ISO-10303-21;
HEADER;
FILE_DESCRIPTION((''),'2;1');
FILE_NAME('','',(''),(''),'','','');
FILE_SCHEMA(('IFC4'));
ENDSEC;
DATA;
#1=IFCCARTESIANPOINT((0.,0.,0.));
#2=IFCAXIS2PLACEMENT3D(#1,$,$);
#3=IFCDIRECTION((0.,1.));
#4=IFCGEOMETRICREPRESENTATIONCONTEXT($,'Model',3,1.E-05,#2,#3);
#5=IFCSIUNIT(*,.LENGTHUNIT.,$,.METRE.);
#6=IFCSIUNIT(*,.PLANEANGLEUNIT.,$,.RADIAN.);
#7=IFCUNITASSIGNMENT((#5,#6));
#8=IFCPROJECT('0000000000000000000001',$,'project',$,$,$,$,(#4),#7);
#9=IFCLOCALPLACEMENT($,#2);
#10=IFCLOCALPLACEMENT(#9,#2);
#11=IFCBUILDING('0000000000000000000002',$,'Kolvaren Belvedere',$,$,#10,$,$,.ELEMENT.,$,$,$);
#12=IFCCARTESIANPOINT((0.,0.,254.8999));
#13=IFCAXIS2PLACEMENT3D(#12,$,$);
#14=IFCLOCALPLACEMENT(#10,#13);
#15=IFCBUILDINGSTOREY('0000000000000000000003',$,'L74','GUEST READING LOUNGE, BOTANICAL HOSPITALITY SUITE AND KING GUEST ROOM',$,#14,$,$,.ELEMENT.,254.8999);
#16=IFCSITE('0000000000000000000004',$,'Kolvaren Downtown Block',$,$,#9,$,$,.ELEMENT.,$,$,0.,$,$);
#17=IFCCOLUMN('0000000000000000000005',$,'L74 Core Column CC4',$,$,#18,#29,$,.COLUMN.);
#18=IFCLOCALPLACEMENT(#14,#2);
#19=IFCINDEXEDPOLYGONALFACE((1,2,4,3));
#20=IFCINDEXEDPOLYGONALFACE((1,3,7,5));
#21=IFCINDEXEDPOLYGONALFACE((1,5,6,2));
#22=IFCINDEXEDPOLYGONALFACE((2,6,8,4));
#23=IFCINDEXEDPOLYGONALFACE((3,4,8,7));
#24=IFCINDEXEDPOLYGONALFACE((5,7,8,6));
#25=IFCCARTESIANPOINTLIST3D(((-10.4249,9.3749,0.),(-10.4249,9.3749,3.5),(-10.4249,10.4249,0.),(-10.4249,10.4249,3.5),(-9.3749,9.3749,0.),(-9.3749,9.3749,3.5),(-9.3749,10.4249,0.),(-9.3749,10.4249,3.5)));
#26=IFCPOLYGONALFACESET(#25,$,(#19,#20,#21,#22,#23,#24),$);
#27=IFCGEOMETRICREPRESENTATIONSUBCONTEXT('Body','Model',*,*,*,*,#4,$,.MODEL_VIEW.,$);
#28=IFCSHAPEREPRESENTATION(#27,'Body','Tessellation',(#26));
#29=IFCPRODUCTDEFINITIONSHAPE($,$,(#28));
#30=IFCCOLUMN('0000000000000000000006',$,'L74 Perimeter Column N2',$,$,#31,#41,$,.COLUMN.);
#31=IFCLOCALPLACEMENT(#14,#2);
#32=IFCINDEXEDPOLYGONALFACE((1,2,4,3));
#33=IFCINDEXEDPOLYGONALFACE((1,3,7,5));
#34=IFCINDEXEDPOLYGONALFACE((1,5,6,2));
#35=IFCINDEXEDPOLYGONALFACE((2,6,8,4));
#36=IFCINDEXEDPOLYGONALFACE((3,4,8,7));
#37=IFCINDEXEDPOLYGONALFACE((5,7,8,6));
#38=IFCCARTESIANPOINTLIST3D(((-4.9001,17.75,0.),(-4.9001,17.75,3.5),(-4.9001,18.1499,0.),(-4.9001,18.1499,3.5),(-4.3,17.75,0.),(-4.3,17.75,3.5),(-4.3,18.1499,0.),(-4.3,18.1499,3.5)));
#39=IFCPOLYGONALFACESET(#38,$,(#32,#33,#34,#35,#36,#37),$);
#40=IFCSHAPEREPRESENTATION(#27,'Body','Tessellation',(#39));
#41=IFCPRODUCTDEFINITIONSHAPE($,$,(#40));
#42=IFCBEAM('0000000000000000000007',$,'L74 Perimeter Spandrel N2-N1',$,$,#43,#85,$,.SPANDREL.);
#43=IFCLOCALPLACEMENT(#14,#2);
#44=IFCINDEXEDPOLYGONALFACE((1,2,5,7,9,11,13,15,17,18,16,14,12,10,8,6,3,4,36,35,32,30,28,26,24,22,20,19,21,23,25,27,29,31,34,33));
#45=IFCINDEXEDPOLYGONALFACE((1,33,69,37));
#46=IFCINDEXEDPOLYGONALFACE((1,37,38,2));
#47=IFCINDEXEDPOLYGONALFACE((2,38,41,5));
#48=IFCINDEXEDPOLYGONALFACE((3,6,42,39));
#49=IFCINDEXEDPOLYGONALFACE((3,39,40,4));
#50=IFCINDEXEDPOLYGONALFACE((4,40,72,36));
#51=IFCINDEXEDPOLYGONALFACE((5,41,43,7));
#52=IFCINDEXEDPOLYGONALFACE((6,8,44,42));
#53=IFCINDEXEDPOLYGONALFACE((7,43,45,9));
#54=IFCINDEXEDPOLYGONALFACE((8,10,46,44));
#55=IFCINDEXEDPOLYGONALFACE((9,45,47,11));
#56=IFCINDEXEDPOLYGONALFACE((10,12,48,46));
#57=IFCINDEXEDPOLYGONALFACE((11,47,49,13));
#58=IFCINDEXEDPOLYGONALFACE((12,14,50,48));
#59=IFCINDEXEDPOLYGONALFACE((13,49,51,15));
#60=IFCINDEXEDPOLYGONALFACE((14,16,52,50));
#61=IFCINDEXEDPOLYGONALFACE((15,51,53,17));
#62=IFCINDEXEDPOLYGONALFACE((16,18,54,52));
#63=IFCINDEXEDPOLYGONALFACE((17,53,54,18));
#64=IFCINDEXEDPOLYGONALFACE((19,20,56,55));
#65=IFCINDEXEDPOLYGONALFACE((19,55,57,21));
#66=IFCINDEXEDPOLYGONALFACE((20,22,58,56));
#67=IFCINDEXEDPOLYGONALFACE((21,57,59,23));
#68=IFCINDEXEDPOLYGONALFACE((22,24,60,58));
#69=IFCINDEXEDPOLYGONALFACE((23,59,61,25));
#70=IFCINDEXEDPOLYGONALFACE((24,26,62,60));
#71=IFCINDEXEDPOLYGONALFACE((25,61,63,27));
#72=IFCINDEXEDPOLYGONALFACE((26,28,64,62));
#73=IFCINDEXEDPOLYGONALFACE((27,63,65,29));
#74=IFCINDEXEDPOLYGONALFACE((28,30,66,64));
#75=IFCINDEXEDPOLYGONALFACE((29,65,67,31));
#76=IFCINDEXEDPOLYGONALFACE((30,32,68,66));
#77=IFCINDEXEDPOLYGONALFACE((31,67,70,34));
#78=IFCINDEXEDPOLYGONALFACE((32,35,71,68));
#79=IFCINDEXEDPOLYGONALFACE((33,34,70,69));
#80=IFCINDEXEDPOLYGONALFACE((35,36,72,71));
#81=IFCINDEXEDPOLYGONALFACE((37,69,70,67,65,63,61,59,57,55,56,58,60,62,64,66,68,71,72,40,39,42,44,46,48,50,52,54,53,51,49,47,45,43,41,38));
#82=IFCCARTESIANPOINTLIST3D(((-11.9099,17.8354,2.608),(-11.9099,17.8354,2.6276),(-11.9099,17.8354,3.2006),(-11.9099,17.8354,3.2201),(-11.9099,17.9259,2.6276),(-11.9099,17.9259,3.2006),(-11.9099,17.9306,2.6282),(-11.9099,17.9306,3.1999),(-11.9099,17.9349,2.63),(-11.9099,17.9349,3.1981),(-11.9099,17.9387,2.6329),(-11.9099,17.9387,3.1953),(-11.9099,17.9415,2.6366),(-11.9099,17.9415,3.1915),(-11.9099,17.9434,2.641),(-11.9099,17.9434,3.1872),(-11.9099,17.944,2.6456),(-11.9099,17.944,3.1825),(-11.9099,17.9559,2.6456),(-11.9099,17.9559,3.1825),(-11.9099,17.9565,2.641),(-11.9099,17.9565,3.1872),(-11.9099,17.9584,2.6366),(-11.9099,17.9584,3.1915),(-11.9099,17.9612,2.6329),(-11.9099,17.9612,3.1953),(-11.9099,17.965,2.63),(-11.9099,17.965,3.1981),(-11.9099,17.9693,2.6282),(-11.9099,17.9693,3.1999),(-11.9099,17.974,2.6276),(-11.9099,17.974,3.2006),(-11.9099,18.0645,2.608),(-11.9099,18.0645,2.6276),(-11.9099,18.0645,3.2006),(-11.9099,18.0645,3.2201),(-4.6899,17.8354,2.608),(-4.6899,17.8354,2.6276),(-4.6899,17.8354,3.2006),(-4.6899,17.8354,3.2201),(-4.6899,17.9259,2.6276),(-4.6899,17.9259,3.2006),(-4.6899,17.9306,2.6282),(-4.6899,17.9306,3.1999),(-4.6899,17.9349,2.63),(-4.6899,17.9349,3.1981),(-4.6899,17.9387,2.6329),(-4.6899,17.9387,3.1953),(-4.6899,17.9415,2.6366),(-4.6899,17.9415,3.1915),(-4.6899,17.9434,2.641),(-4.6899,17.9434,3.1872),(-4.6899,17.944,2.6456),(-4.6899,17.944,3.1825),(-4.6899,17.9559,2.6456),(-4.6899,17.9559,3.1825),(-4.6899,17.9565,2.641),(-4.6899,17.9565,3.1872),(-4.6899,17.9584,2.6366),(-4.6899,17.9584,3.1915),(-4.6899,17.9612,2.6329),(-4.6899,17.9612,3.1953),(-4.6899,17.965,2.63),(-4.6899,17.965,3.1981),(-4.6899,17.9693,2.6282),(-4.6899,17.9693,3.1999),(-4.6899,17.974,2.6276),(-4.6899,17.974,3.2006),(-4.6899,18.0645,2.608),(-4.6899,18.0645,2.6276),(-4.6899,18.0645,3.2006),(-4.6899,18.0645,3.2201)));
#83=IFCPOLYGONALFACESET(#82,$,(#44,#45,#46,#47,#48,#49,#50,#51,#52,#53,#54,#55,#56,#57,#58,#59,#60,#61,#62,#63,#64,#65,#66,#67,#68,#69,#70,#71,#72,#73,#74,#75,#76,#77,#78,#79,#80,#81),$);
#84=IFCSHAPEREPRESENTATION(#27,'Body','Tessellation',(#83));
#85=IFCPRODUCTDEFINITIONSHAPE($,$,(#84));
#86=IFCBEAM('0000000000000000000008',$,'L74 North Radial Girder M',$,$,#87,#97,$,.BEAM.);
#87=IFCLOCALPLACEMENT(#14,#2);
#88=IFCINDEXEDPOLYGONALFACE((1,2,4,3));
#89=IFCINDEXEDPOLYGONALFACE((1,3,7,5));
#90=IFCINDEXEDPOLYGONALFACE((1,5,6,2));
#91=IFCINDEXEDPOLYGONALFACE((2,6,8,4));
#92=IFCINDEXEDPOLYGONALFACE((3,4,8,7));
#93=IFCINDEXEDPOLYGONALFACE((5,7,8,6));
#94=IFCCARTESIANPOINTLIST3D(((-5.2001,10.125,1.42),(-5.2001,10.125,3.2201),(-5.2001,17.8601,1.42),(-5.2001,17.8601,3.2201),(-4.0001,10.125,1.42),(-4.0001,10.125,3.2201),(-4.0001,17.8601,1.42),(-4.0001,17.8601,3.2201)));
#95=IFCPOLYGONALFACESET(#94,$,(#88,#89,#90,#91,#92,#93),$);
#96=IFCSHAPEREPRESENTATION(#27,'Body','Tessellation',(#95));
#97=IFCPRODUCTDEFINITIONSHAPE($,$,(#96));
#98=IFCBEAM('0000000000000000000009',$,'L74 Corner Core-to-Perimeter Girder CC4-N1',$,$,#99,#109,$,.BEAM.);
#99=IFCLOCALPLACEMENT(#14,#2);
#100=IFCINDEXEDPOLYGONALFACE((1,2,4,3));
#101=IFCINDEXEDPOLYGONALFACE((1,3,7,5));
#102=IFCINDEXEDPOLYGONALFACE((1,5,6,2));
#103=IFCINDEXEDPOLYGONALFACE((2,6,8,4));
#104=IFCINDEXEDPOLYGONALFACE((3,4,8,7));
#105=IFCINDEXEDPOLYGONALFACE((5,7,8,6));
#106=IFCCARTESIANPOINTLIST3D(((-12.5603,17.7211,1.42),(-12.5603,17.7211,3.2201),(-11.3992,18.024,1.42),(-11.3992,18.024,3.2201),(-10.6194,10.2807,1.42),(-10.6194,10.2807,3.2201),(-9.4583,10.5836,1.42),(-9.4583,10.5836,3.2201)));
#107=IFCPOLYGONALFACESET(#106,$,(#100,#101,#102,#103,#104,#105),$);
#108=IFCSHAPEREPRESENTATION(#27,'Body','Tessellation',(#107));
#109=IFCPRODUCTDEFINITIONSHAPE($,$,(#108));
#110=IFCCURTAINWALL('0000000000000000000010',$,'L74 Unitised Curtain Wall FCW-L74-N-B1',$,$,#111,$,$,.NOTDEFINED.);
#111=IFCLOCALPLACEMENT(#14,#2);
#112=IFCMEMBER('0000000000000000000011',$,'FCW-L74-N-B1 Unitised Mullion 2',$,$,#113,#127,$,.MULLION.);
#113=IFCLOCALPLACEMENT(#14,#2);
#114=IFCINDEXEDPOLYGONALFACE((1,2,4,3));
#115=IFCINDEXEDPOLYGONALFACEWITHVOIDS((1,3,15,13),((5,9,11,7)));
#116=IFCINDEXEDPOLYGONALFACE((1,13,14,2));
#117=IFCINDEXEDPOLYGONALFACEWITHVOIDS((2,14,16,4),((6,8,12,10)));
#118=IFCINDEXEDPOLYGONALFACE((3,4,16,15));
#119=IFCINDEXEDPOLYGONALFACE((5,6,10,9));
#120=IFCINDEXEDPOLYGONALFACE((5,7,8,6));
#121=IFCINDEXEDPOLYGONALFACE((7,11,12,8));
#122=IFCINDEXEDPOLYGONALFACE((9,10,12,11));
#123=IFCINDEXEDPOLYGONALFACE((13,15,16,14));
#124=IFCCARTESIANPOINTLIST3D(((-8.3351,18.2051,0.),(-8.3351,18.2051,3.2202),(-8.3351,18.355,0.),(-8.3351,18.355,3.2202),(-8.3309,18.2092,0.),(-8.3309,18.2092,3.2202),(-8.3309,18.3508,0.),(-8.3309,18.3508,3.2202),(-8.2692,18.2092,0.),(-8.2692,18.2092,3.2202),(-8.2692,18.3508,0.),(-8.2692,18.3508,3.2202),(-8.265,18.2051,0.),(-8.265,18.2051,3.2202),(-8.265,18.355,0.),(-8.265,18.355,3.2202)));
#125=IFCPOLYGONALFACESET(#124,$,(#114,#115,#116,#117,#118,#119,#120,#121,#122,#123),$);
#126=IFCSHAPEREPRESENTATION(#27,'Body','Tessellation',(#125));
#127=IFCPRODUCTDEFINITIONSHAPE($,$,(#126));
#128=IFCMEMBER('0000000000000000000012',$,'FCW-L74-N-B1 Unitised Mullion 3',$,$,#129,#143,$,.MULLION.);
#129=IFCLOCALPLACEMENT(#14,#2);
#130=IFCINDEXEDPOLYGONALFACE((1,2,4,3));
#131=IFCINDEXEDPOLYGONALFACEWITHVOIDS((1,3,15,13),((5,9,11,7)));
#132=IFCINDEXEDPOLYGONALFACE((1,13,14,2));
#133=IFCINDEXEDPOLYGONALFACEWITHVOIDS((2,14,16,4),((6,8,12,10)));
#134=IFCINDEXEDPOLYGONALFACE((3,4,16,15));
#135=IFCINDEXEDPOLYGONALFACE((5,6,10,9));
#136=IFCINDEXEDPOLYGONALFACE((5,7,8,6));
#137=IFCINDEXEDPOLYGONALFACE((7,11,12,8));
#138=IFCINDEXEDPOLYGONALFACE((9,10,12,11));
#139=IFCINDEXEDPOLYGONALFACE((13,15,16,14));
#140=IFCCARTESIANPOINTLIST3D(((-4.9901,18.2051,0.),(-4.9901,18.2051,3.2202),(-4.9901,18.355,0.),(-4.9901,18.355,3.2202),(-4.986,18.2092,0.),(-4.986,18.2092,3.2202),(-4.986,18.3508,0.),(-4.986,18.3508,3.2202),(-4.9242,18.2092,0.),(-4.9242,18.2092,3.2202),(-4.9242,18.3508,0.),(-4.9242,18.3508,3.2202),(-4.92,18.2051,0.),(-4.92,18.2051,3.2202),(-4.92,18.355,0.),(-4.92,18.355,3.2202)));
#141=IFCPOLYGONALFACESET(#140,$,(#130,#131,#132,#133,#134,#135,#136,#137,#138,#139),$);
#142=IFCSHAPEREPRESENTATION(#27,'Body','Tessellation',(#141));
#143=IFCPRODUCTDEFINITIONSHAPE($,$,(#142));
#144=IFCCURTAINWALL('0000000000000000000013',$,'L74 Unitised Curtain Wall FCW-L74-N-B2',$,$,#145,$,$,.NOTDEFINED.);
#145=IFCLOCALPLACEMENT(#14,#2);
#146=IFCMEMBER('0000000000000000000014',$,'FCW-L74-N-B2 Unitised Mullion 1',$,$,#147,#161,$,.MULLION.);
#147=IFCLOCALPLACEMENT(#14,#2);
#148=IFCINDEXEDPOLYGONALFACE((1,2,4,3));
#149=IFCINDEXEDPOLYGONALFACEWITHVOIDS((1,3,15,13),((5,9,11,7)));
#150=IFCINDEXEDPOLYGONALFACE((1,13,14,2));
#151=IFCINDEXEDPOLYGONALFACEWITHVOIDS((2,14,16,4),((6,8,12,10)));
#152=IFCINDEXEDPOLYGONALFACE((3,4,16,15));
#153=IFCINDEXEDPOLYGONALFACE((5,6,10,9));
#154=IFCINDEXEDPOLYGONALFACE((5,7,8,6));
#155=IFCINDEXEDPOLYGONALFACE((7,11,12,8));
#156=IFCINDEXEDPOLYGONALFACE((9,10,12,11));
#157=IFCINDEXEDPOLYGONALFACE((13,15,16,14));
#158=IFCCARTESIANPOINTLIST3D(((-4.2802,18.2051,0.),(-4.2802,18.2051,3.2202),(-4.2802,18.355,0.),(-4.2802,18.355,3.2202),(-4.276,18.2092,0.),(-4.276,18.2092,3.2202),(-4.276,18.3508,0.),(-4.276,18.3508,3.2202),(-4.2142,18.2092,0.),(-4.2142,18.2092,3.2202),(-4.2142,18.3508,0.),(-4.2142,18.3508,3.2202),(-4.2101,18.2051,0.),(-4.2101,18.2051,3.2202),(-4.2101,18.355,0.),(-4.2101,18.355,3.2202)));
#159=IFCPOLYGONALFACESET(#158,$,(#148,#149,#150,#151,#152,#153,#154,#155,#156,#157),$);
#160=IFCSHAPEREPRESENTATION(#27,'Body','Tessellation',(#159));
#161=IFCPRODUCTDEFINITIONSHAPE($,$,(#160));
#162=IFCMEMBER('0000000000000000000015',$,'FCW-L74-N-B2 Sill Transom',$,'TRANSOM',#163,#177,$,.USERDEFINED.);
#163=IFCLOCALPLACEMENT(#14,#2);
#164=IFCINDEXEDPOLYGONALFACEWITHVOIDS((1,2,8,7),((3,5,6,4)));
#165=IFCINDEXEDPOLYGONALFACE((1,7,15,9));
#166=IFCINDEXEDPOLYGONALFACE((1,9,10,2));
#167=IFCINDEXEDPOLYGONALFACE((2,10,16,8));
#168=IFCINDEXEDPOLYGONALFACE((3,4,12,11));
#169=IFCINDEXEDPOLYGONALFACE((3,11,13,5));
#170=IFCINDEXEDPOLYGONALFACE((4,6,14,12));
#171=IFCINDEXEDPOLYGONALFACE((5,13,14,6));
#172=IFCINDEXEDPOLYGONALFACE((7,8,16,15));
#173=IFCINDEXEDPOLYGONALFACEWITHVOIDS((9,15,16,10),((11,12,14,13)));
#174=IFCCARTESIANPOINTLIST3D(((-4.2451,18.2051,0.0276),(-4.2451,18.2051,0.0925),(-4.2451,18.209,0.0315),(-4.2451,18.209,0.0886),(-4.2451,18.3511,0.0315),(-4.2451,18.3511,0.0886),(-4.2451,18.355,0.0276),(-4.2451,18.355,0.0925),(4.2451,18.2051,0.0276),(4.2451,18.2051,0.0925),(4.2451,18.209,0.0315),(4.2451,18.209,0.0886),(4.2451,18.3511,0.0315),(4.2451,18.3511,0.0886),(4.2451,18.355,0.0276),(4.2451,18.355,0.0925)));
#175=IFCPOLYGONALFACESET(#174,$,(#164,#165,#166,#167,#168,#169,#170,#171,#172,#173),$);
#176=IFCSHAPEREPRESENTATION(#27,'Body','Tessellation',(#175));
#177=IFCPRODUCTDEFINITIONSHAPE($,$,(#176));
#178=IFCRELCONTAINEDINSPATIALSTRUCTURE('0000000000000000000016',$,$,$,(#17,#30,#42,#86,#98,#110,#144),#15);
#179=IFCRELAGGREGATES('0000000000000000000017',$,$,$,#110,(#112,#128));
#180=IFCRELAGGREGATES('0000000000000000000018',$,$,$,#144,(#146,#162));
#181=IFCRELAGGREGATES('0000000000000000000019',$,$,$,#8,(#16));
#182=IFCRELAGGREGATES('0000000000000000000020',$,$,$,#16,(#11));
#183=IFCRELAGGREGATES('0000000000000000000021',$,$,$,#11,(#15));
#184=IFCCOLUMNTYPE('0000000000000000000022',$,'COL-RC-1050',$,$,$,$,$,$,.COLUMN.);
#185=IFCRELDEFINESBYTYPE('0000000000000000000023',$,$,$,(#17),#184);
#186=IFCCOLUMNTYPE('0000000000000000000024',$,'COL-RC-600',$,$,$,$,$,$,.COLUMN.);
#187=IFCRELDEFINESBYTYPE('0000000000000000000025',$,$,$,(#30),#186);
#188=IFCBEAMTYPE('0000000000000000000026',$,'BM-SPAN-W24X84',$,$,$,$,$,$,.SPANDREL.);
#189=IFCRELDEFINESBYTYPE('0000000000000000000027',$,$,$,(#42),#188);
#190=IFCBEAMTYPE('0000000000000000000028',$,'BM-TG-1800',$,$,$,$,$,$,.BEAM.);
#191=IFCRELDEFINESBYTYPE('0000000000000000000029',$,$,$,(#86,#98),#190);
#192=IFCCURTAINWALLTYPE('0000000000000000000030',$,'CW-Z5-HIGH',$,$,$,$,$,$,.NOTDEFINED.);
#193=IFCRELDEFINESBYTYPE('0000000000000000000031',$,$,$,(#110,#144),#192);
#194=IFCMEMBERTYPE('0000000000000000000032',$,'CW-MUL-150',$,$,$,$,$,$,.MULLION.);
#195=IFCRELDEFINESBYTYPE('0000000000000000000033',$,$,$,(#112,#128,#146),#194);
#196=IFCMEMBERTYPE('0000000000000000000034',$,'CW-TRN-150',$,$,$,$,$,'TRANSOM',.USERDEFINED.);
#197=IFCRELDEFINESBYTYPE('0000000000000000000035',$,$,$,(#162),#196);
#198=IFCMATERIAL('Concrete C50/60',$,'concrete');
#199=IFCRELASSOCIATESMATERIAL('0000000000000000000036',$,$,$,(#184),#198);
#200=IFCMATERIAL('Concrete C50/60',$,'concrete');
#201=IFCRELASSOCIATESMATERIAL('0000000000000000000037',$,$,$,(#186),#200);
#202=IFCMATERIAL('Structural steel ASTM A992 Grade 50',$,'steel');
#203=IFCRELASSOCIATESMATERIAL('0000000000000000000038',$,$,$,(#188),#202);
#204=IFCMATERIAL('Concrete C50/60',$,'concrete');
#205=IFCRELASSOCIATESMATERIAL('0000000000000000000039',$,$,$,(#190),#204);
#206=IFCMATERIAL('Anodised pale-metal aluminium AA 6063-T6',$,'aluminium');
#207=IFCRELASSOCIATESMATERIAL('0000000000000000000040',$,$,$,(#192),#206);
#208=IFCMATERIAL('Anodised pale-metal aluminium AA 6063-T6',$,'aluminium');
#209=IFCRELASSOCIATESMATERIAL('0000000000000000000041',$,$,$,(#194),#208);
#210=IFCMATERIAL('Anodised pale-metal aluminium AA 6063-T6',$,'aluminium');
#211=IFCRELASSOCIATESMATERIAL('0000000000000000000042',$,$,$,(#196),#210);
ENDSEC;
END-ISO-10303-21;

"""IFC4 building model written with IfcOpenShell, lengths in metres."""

from ifc_helpers import new_model, si_unit, direction, frame, origin, origin_2d, place, context, subcontext, project, spatial, rectangle, hollow_rectangle, i_section, extrude, material, material_profile, profile_set, type_object, element, aggregate, save


model = new_model("IFC4")

# Units and contexts
model_context = context("Model", 3, precision=1e-05, world=origin(), true_north=direction((0.0, 1.0)))
body_context = subcontext(model_context, "Body", "Model", "MODEL_VIEW")
ifc_project = project(units=[si_unit("LENGTHUNIT", "METRE"), si_unit("PLANEANGLEUNIT", "RADIAN")], contexts=[model_context])

# Site, building, storey
site_placement = place(None, origin())
site = spatial("IfcSite", under=ifc_project, at=site_placement, Name="Kolvaren Downtown Block", CompositionType="ELEMENT", RefElevation=0.0)
building_placement = place(site_placement, origin())
building = spatial("IfcBuilding", under=site, at=building_placement, Name="Kolvaren Belvedere", CompositionType="ELEMENT")
storey_placement = place(building_placement, frame((0.0, 0.0, 254.8999)))
storey = spatial("IfcBuildingStorey", under=building, at=storey_placement, Name="L74", Description="GUEST READING LOUNGE, BOTANICAL HOSPITALITY SUITE AND KING GUEST ROOM", CompositionType="ELEMENT", Elevation=254.8999)

# Columns
ifc_material_1 = material(Name="Concrete C50/60", Category="concrete")
ifc_material_profile_1 = material_profile(ifc_material_1, rectangle(XDim=1.05, YDim=1.05, at=origin_2d()), Name="RC 1050X1050")
ifc_profile_set_1 = profile_set([ifc_material_profile_1], Name="Concrete C50/60")
column_type_1 = type_object("IfcColumnType", Name="COL-RC-1050", PredefinedType="COLUMN", material=ifc_profile_set_1)
column_1_placement = place(storey_placement, frame((-9.8999, 9.8999, 0.0), z_axis=(0.0, 0.0, 1.0), x_axis=(1.0, 0.0, 0.0)))
element("IfcColumn", 1, at=column_1_placement, inside=storey, type_object=column_type_1, Name="L74 Core Column CC4", PredefinedType="COLUMN", context=body_context, shape_type="SweptSolid", body=[
    extrude(rectangle(XDim=1.05, YDim=1.05, at=origin_2d()), origin(), (0.0, 0.0, 1.0), 3.5),
])
ifc_material_2 = material(Name="Concrete C50/60", Category="concrete")
ifc_material_profile_2 = material_profile(ifc_material_2, rectangle(XDim=0.6001, YDim=0.3999, at=origin_2d()), Name="RC 600X400")
ifc_profile_set_2 = profile_set([ifc_material_profile_2], Name="Concrete C50/60")
column_type_2 = type_object("IfcColumnType", Name="COL-RC-600", PredefinedType="COLUMN", material=ifc_profile_set_2)
column_2_placement = place(storey_placement, frame((-4.6001, 17.95, 0.0), z_axis=(0.0, 0.0, 1.0), x_axis=(1.0, 0.0, 0.0)))
element("IfcColumn", 2, at=column_2_placement, inside=storey, type_object=column_type_2, Name="L74 Perimeter Column N2", PredefinedType="COLUMN", context=body_context, shape_type="SweptSolid", body=[
    extrude(rectangle(XDim=0.6001, YDim=0.3999, at=origin_2d()), origin(), (0.0, 0.0, 1.0), 3.5),
])

# Beams
ifc_material_3 = material(Name="Structural steel ASTM A992 Grade 50", Category="steel")
ifc_material_profile_3 = material_profile(ifc_material_3, i_section(OverallWidth=0.229, OverallDepth=0.6121, WebThickness=0.012, FlangeThickness=0.0195, FilletRadius=0.0181, at=origin_2d()), Name="W24X84")
ifc_profile_set_3 = profile_set([ifc_material_profile_3], Name="Structural steel ASTM A992 Grade 50")
beam_type_1 = type_object("IfcBeamType", Name="BM-SPAN-W24X84", PredefinedType="SPANDREL", material=ifc_profile_set_3)
beam_1_placement = place(storey_placement, frame((-4.6899, 17.95, 2.9141), z_axis=(-1.0, 0.0, 0.0), x_axis=(0.0, -1.0, 0.0)))
element("IfcBeam", 3, at=beam_1_placement, inside=storey, type_object=beam_type_1, Name="L74 Perimeter Spandrel N2-N1", PredefinedType="SPANDREL", context=body_context, shape_type="SweptSolid", body=[
    extrude(i_section(OverallWidth=0.229, OverallDepth=0.6121, WebThickness=0.012, FlangeThickness=0.0195, FilletRadius=0.0181, at=origin_2d()), origin(), (0.0, 0.0, 1.0), 7.22),
])
ifc_material_4 = material(Name="Concrete C50/60", Category="concrete")
ifc_material_profile_4 = material_profile(ifc_material_4, rectangle(XDim=1.2, YDim=1.8, at=origin_2d()), Name="RC 1200X1800")
ifc_profile_set_4 = profile_set([ifc_material_profile_4], Name="Concrete C50/60")
beam_type_2 = type_object("IfcBeamType", Name="BM-TG-1800", PredefinedType="BEAM", material=ifc_profile_set_4)
beam_2_placement = place(storey_placement, frame((-4.6001, 10.125, 2.3201), z_axis=(0.0, 1.0, 0.0), x_axis=(-1.0, 0.0, 0.0)))
element("IfcBeam", 4, at=beam_2_placement, inside=storey, type_object=beam_type_2, Name="L74 North Radial Girder M", PredefinedType="BEAM", context=body_context, shape_type="SweptSolid", body=[
    extrude(rectangle(XDim=1.2, YDim=1.8, at=origin_2d()), origin(), (0.0, 0.0, 1.0), 7.7351),
])
beam_3_placement = place(storey_placement, frame((-10.0388, 10.4321, 2.3201), z_axis=(-0.252414, 0.967619, 0.0), x_axis=(-0.967619, -0.252414, 0.0)))
element("IfcBeam", 5, at=beam_3_placement, inside=storey, type_object=beam_type_2, Name="L74 Corner Core-to-Perimeter Girder CC4-N1", PredefinedType="BEAM", context=body_context, shape_type="SweptSolid", body=[
    extrude(rectangle(XDim=1.2, YDim=1.8, at=origin_2d()), origin(), (0.0, 0.0, 1.0), 7.6895),
])

# Curtain walls, members
ifc_material_5 = material(Name="Anodised pale-metal aluminium AA 6063-T6", Category="aluminium")
curtain_wall_type = type_object("IfcCurtainWallType", Name="CW-Z5-HIGH", PredefinedType="NOTDEFINED", material=ifc_material_5)
curtain_wall_1_placement = place(storey_placement, origin())
curtain_wall_1 = element("IfcCurtainWall", 6, at=curtain_wall_1_placement, inside=storey, type_object=curtain_wall_type, Name="L74 Unitised Curtain Wall FCW-L74-N-B1", PredefinedType="NOTDEFINED")
ifc_material_6 = material(Name="Anodised pale-metal aluminium AA 6063-T6", Category="aluminium")
ifc_material_profile_5 = material_profile(ifc_material_6, hollow_rectangle(XDim=0.0701, YDim=0.1499, WallThickness=0.0042, at=origin_2d()), Name="ALU-MUL-150X70")
ifc_profile_set_5 = profile_set([ifc_material_profile_5], Name="Anodised pale-metal aluminium AA 6063-T6")
member_type_1 = type_object("IfcMemberType", Name="CW-MUL-150", PredefinedType="MULLION", material=ifc_profile_set_5)
member_1_placement = place(storey_placement, frame((-8.3, 18.28, 0.0), z_axis=(0.0, 0.0, 1.0), x_axis=(1.0, 0.0, 0.0)))
member_1 = element("IfcMember", 7, at=member_1_placement, type_object=member_type_1, Name="FCW-L74-N-B1 Unitised Mullion 2", PredefinedType="MULLION", context=body_context, shape_type="SweptSolid", body=[
    extrude(hollow_rectangle(XDim=0.0701, YDim=0.1499, WallThickness=0.0042, at=origin_2d()), origin(), (0.0, 0.0, 1.0), 3.2202),
])
member_2_placement = place(storey_placement, frame((-4.9551, 18.28, 0.0), z_axis=(0.0, 0.0, 1.0), x_axis=(1.0, 0.0, 0.0)))
member_2 = element("IfcMember", 8, at=member_2_placement, type_object=member_type_1, Name="FCW-L74-N-B1 Unitised Mullion 3", PredefinedType="MULLION", context=body_context, shape_type="SweptSolid", body=[
    extrude(hollow_rectangle(XDim=0.0701, YDim=0.1499, WallThickness=0.0042, at=origin_2d()), origin(), (0.0, 0.0, 1.0), 3.2202),
])
curtain_wall_2_placement = place(storey_placement, origin())
curtain_wall_2 = element("IfcCurtainWall", 9, at=curtain_wall_2_placement, inside=storey, type_object=curtain_wall_type, Name="L74 Unitised Curtain Wall FCW-L74-N-B2", PredefinedType="NOTDEFINED")
member_3_placement = place(storey_placement, frame((-4.2451, 18.28, 0.0), z_axis=(0.0, 0.0, 1.0), x_axis=(1.0, 0.0, 0.0)))
member_3 = element("IfcMember", 10, at=member_3_placement, type_object=member_type_1, Name="FCW-L74-N-B2 Unitised Mullion 1", PredefinedType="MULLION", context=body_context, shape_type="SweptSolid", body=[
    extrude(hollow_rectangle(XDim=0.0701, YDim=0.1499, WallThickness=0.0042, at=origin_2d()), origin(), (0.0, 0.0, 1.0), 3.2202),
])
ifc_material_7 = material(Name="Anodised pale-metal aluminium AA 6063-T6", Category="aluminium")
ifc_material_profile_6 = material_profile(ifc_material_7, hollow_rectangle(XDim=0.0649, YDim=0.1499, WallThickness=0.0039, at=origin_2d()), Name="ALU-TRN-150X65")
ifc_profile_set_6 = profile_set([ifc_material_profile_6], Name="Anodised pale-metal aluminium AA 6063-T6")
member_type_2 = type_object("IfcMemberType", Name="CW-TRN-150", ElementType="TRANSOM", PredefinedType="USERDEFINED", material=ifc_profile_set_6)
member_4_placement = place(storey_placement, frame((-4.2451, 18.28, 0.0601), z_axis=(1.0, 0.0, 0.0), x_axis=(0.0, 0.0, 1.0)))
member_4 = element("IfcMember", 11, at=member_4_placement, type_object=member_type_2, Name="FCW-L74-N-B2 Sill Transom", ObjectType="TRANSOM", PredefinedType="USERDEFINED", context=body_context, shape_type="SweptSolid", body=[
    extrude(hollow_rectangle(XDim=0.0649, YDim=0.1499, WallThickness=0.0039, at=origin_2d()), origin(), (0.0, 0.0, 1.0), 8.4902),
])

aggregate(curtain_wall_1, [member_1, member_2])
aggregate(curtain_wall_2, [member_3, member_4])

save(model, "model.ifc")
